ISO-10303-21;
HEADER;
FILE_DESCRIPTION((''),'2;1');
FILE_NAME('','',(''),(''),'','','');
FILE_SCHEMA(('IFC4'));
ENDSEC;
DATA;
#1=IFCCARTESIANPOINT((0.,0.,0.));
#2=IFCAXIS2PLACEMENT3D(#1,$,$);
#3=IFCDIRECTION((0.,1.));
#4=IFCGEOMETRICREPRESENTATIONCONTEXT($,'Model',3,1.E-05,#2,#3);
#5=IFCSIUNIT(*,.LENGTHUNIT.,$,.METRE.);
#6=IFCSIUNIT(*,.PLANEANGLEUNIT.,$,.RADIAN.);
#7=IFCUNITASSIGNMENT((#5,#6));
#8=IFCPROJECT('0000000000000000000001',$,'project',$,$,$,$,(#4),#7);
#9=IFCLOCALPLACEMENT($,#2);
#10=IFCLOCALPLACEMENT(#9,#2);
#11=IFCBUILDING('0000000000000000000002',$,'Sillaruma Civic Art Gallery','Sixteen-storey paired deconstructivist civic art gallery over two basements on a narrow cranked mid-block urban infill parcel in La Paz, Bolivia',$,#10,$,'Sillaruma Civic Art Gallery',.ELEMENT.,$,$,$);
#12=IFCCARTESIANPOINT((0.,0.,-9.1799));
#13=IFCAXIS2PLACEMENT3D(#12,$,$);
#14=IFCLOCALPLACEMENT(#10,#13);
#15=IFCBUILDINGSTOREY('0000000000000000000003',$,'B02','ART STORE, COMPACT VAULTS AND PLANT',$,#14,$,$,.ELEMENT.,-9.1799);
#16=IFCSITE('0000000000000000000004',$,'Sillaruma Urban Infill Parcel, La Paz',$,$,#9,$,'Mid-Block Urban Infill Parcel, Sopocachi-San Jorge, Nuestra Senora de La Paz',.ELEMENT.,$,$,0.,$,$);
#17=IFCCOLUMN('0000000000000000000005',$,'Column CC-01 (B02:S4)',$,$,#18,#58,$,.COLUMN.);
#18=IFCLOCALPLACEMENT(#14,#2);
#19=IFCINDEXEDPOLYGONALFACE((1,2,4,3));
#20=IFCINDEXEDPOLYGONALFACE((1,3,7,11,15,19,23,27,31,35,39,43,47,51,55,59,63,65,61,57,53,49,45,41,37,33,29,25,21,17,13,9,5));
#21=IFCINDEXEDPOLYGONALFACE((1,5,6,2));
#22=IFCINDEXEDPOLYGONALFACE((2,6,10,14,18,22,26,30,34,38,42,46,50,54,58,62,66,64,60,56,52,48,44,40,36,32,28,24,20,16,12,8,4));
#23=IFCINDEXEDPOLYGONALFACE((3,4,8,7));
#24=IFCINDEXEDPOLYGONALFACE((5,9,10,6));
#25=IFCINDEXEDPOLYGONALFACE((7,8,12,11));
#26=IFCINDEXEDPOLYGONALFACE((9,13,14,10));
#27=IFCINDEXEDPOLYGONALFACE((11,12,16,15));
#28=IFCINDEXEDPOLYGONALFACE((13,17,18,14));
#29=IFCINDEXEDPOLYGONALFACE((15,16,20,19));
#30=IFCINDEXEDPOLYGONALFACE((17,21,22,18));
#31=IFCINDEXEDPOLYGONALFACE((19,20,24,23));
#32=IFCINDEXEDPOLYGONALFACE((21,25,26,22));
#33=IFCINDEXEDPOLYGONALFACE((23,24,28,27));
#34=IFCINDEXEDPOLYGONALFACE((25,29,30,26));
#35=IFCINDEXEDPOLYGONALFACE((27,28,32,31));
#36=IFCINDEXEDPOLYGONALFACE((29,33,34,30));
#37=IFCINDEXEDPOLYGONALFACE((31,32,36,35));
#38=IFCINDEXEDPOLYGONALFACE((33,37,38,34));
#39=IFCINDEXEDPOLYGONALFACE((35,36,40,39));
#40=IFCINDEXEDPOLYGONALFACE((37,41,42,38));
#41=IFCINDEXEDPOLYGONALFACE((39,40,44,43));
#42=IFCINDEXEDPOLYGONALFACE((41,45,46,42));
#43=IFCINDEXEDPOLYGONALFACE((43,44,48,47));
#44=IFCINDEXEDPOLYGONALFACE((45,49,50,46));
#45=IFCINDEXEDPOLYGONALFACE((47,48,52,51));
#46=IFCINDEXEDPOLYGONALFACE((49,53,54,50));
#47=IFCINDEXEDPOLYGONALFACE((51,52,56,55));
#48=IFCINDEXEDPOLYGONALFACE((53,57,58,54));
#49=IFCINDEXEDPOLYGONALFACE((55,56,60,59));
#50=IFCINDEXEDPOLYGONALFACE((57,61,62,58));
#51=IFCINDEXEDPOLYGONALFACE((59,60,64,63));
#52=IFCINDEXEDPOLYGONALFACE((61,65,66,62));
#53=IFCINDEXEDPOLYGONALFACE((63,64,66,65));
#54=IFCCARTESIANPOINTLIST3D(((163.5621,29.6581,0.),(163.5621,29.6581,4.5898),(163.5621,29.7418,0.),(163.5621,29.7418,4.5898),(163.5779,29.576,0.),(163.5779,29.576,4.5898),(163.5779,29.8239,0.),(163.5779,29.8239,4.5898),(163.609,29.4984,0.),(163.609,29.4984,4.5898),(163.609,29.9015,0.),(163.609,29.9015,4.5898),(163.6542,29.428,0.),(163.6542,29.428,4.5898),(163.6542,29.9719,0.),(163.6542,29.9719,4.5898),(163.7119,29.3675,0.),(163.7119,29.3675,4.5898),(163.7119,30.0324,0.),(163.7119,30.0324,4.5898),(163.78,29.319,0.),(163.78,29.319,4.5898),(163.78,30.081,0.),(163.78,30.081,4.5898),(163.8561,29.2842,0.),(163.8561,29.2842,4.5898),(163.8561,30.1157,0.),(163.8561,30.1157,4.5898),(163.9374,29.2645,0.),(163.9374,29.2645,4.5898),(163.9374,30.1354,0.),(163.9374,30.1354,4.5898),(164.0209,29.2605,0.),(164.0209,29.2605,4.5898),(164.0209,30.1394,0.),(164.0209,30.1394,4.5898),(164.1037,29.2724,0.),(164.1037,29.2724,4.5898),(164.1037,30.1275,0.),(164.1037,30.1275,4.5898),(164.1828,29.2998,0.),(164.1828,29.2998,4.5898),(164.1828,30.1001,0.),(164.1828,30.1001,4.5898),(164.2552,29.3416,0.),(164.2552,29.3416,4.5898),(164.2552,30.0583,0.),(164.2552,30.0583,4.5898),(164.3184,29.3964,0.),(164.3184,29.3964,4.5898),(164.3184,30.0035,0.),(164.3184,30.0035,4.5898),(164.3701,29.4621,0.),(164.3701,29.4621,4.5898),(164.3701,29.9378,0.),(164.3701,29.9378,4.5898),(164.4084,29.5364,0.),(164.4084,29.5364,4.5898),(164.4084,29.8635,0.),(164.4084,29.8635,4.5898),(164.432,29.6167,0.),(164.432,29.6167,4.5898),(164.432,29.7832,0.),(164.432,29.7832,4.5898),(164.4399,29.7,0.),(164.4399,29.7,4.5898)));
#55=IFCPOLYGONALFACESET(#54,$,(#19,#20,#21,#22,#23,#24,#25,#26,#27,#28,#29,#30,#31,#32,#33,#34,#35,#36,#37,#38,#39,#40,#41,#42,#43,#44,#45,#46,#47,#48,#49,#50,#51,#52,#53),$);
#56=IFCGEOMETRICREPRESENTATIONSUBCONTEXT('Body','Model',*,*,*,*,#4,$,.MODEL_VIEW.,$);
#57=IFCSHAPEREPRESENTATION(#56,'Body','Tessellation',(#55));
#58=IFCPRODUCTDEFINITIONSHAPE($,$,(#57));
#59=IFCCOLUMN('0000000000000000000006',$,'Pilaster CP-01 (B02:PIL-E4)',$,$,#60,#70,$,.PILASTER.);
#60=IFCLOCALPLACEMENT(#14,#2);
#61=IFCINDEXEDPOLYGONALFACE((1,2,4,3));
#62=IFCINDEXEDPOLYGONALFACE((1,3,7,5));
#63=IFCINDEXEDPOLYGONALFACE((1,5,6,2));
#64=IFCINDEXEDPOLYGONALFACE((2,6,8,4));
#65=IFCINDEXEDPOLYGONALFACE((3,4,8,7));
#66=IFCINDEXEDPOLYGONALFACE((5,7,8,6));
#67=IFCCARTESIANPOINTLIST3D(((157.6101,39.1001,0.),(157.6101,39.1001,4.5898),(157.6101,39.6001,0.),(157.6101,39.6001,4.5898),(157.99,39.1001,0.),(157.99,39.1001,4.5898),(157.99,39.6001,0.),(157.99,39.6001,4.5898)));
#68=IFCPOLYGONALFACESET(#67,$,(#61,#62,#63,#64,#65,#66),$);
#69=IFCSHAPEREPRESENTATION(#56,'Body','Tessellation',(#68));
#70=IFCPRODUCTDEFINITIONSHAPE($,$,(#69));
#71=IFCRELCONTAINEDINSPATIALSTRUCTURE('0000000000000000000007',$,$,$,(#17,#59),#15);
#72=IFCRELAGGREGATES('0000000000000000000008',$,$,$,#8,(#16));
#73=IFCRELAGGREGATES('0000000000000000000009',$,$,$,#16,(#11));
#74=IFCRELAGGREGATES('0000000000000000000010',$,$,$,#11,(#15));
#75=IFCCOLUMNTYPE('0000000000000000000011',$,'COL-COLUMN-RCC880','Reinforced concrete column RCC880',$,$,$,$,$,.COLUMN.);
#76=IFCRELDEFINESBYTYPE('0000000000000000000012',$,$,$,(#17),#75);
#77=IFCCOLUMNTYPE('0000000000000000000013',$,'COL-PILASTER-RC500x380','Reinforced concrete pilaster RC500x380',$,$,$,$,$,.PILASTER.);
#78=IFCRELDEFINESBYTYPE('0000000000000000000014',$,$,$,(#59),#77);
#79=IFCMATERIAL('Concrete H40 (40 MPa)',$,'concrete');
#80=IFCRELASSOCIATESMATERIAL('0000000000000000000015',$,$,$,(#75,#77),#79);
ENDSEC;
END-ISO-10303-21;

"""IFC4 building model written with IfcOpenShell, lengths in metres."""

from ifc_helpers import new_model, si_unit, direction, frame, origin, origin_2d, place, context, subcontext, project, spatial, rectangle, circle, extrude, material, material_profile, profile_set, type_object, element, save


model = new_model("IFC4")

# Units and contexts
model_context = context("Model", 3, precision=1e-05, world=origin(), true_north=direction((0.0, 1.0)))
body_context = subcontext(model_context, "Body", "Model", "MODEL_VIEW")
ifc_project = project(units=[si_unit("LENGTHUNIT", "METRE"), si_unit("PLANEANGLEUNIT", "RADIAN")], contexts=[model_context])

# Site, building, storey
site_placement = place(None, origin())
site = spatial("IfcSite", under=ifc_project, at=site_placement, Name="Sillaruma Urban Infill Parcel, La Paz", LongName="Mid-Block Urban Infill Parcel, Sopocachi-San Jorge, Nuestra Senora de La Paz", CompositionType="ELEMENT", RefElevation=0.0)
building_placement = place(site_placement, origin())
building = spatial("IfcBuilding", under=site, at=building_placement, Name="Sillaruma Civic Art Gallery", Description="Sixteen-storey paired deconstructivist civic art gallery over two basements on a narrow cranked mid-block urban infill parcel in La Paz, Bolivia", LongName="Sillaruma Civic Art Gallery", CompositionType="ELEMENT")
storey_placement = place(building_placement, frame((0.0, 0.0, -9.1799)))
storey = spatial("IfcBuildingStorey", under=building, at=storey_placement, Name="B02", Description="ART STORE, COMPACT VAULTS AND PLANT", CompositionType="ELEMENT", Elevation=-9.1799)

# Columns
ifc_material_1 = material(Name="Concrete H40 (40 MPa)", Category="concrete")
ifc_material_profile_1 = material_profile(ifc_material_1, circle(Radius=0.4399, at=origin_2d()), Name="RCC880")
ifc_profile_set_1 = profile_set([ifc_material_profile_1], Name="Concrete H40 (40 MPa)")
column_type_1 = type_object("IfcColumnType", Name="COL-COLUMN-RCC880", Description="Reinforced concrete column RCC880", PredefinedType="COLUMN", material=ifc_profile_set_1)
for number, where, z_axis, x_axis, name in (
    (1, (164.0, 29.7, 0.0), (0.0, 0.0, 1.0), (1.0, 0.0, 0.0), "Column CC-01 (B02:S4)"),
):
    element("IfcColumn", number, at=place(storey_placement, frame(where, z_axis=z_axis, x_axis=x_axis)), inside=storey, type_object=column_type_1, Name=name, PredefinedType="COLUMN", context=body_context, shape_type="SweptSolid", body=[
        extrude(circle(Radius=0.4399, at=origin_2d()), origin(), (0.0, 0.0, 1.0), 4.5898),
    ])
ifc_material_profile_2 = material_profile(ifc_material_1, rectangle(XDim=0.3799, YDim=0.5, at=origin_2d()), Name="RC500x380")
ifc_profile_set_2 = profile_set([ifc_material_profile_2], Name="Concrete H40 (40 MPa)")
column_type_2 = type_object("IfcColumnType", Name="COL-PILASTER-RC500x380", Description="Reinforced concrete pilaster RC500x380", PredefinedType="PILASTER", material=ifc_profile_set_2)
column_placement = place(storey_placement, frame((157.8, 39.3501, 0.0), z_axis=(0.0, 0.0, 1.0), x_axis=(1.0, 0.0, 0.0)))
element("IfcColumn", 2, at=column_placement, inside=storey, type_object=column_type_2, Name="Pilaster CP-01 (B02:PIL-E4)", PredefinedType="PILASTER", context=body_context, shape_type="SweptSolid", body=[
    extrude(rectangle(XDim=0.3799, YDim=0.5, at=origin_2d()), origin(), (0.0, 0.0, 1.0), 4.5898),
])

save(model, "model.ifc")
